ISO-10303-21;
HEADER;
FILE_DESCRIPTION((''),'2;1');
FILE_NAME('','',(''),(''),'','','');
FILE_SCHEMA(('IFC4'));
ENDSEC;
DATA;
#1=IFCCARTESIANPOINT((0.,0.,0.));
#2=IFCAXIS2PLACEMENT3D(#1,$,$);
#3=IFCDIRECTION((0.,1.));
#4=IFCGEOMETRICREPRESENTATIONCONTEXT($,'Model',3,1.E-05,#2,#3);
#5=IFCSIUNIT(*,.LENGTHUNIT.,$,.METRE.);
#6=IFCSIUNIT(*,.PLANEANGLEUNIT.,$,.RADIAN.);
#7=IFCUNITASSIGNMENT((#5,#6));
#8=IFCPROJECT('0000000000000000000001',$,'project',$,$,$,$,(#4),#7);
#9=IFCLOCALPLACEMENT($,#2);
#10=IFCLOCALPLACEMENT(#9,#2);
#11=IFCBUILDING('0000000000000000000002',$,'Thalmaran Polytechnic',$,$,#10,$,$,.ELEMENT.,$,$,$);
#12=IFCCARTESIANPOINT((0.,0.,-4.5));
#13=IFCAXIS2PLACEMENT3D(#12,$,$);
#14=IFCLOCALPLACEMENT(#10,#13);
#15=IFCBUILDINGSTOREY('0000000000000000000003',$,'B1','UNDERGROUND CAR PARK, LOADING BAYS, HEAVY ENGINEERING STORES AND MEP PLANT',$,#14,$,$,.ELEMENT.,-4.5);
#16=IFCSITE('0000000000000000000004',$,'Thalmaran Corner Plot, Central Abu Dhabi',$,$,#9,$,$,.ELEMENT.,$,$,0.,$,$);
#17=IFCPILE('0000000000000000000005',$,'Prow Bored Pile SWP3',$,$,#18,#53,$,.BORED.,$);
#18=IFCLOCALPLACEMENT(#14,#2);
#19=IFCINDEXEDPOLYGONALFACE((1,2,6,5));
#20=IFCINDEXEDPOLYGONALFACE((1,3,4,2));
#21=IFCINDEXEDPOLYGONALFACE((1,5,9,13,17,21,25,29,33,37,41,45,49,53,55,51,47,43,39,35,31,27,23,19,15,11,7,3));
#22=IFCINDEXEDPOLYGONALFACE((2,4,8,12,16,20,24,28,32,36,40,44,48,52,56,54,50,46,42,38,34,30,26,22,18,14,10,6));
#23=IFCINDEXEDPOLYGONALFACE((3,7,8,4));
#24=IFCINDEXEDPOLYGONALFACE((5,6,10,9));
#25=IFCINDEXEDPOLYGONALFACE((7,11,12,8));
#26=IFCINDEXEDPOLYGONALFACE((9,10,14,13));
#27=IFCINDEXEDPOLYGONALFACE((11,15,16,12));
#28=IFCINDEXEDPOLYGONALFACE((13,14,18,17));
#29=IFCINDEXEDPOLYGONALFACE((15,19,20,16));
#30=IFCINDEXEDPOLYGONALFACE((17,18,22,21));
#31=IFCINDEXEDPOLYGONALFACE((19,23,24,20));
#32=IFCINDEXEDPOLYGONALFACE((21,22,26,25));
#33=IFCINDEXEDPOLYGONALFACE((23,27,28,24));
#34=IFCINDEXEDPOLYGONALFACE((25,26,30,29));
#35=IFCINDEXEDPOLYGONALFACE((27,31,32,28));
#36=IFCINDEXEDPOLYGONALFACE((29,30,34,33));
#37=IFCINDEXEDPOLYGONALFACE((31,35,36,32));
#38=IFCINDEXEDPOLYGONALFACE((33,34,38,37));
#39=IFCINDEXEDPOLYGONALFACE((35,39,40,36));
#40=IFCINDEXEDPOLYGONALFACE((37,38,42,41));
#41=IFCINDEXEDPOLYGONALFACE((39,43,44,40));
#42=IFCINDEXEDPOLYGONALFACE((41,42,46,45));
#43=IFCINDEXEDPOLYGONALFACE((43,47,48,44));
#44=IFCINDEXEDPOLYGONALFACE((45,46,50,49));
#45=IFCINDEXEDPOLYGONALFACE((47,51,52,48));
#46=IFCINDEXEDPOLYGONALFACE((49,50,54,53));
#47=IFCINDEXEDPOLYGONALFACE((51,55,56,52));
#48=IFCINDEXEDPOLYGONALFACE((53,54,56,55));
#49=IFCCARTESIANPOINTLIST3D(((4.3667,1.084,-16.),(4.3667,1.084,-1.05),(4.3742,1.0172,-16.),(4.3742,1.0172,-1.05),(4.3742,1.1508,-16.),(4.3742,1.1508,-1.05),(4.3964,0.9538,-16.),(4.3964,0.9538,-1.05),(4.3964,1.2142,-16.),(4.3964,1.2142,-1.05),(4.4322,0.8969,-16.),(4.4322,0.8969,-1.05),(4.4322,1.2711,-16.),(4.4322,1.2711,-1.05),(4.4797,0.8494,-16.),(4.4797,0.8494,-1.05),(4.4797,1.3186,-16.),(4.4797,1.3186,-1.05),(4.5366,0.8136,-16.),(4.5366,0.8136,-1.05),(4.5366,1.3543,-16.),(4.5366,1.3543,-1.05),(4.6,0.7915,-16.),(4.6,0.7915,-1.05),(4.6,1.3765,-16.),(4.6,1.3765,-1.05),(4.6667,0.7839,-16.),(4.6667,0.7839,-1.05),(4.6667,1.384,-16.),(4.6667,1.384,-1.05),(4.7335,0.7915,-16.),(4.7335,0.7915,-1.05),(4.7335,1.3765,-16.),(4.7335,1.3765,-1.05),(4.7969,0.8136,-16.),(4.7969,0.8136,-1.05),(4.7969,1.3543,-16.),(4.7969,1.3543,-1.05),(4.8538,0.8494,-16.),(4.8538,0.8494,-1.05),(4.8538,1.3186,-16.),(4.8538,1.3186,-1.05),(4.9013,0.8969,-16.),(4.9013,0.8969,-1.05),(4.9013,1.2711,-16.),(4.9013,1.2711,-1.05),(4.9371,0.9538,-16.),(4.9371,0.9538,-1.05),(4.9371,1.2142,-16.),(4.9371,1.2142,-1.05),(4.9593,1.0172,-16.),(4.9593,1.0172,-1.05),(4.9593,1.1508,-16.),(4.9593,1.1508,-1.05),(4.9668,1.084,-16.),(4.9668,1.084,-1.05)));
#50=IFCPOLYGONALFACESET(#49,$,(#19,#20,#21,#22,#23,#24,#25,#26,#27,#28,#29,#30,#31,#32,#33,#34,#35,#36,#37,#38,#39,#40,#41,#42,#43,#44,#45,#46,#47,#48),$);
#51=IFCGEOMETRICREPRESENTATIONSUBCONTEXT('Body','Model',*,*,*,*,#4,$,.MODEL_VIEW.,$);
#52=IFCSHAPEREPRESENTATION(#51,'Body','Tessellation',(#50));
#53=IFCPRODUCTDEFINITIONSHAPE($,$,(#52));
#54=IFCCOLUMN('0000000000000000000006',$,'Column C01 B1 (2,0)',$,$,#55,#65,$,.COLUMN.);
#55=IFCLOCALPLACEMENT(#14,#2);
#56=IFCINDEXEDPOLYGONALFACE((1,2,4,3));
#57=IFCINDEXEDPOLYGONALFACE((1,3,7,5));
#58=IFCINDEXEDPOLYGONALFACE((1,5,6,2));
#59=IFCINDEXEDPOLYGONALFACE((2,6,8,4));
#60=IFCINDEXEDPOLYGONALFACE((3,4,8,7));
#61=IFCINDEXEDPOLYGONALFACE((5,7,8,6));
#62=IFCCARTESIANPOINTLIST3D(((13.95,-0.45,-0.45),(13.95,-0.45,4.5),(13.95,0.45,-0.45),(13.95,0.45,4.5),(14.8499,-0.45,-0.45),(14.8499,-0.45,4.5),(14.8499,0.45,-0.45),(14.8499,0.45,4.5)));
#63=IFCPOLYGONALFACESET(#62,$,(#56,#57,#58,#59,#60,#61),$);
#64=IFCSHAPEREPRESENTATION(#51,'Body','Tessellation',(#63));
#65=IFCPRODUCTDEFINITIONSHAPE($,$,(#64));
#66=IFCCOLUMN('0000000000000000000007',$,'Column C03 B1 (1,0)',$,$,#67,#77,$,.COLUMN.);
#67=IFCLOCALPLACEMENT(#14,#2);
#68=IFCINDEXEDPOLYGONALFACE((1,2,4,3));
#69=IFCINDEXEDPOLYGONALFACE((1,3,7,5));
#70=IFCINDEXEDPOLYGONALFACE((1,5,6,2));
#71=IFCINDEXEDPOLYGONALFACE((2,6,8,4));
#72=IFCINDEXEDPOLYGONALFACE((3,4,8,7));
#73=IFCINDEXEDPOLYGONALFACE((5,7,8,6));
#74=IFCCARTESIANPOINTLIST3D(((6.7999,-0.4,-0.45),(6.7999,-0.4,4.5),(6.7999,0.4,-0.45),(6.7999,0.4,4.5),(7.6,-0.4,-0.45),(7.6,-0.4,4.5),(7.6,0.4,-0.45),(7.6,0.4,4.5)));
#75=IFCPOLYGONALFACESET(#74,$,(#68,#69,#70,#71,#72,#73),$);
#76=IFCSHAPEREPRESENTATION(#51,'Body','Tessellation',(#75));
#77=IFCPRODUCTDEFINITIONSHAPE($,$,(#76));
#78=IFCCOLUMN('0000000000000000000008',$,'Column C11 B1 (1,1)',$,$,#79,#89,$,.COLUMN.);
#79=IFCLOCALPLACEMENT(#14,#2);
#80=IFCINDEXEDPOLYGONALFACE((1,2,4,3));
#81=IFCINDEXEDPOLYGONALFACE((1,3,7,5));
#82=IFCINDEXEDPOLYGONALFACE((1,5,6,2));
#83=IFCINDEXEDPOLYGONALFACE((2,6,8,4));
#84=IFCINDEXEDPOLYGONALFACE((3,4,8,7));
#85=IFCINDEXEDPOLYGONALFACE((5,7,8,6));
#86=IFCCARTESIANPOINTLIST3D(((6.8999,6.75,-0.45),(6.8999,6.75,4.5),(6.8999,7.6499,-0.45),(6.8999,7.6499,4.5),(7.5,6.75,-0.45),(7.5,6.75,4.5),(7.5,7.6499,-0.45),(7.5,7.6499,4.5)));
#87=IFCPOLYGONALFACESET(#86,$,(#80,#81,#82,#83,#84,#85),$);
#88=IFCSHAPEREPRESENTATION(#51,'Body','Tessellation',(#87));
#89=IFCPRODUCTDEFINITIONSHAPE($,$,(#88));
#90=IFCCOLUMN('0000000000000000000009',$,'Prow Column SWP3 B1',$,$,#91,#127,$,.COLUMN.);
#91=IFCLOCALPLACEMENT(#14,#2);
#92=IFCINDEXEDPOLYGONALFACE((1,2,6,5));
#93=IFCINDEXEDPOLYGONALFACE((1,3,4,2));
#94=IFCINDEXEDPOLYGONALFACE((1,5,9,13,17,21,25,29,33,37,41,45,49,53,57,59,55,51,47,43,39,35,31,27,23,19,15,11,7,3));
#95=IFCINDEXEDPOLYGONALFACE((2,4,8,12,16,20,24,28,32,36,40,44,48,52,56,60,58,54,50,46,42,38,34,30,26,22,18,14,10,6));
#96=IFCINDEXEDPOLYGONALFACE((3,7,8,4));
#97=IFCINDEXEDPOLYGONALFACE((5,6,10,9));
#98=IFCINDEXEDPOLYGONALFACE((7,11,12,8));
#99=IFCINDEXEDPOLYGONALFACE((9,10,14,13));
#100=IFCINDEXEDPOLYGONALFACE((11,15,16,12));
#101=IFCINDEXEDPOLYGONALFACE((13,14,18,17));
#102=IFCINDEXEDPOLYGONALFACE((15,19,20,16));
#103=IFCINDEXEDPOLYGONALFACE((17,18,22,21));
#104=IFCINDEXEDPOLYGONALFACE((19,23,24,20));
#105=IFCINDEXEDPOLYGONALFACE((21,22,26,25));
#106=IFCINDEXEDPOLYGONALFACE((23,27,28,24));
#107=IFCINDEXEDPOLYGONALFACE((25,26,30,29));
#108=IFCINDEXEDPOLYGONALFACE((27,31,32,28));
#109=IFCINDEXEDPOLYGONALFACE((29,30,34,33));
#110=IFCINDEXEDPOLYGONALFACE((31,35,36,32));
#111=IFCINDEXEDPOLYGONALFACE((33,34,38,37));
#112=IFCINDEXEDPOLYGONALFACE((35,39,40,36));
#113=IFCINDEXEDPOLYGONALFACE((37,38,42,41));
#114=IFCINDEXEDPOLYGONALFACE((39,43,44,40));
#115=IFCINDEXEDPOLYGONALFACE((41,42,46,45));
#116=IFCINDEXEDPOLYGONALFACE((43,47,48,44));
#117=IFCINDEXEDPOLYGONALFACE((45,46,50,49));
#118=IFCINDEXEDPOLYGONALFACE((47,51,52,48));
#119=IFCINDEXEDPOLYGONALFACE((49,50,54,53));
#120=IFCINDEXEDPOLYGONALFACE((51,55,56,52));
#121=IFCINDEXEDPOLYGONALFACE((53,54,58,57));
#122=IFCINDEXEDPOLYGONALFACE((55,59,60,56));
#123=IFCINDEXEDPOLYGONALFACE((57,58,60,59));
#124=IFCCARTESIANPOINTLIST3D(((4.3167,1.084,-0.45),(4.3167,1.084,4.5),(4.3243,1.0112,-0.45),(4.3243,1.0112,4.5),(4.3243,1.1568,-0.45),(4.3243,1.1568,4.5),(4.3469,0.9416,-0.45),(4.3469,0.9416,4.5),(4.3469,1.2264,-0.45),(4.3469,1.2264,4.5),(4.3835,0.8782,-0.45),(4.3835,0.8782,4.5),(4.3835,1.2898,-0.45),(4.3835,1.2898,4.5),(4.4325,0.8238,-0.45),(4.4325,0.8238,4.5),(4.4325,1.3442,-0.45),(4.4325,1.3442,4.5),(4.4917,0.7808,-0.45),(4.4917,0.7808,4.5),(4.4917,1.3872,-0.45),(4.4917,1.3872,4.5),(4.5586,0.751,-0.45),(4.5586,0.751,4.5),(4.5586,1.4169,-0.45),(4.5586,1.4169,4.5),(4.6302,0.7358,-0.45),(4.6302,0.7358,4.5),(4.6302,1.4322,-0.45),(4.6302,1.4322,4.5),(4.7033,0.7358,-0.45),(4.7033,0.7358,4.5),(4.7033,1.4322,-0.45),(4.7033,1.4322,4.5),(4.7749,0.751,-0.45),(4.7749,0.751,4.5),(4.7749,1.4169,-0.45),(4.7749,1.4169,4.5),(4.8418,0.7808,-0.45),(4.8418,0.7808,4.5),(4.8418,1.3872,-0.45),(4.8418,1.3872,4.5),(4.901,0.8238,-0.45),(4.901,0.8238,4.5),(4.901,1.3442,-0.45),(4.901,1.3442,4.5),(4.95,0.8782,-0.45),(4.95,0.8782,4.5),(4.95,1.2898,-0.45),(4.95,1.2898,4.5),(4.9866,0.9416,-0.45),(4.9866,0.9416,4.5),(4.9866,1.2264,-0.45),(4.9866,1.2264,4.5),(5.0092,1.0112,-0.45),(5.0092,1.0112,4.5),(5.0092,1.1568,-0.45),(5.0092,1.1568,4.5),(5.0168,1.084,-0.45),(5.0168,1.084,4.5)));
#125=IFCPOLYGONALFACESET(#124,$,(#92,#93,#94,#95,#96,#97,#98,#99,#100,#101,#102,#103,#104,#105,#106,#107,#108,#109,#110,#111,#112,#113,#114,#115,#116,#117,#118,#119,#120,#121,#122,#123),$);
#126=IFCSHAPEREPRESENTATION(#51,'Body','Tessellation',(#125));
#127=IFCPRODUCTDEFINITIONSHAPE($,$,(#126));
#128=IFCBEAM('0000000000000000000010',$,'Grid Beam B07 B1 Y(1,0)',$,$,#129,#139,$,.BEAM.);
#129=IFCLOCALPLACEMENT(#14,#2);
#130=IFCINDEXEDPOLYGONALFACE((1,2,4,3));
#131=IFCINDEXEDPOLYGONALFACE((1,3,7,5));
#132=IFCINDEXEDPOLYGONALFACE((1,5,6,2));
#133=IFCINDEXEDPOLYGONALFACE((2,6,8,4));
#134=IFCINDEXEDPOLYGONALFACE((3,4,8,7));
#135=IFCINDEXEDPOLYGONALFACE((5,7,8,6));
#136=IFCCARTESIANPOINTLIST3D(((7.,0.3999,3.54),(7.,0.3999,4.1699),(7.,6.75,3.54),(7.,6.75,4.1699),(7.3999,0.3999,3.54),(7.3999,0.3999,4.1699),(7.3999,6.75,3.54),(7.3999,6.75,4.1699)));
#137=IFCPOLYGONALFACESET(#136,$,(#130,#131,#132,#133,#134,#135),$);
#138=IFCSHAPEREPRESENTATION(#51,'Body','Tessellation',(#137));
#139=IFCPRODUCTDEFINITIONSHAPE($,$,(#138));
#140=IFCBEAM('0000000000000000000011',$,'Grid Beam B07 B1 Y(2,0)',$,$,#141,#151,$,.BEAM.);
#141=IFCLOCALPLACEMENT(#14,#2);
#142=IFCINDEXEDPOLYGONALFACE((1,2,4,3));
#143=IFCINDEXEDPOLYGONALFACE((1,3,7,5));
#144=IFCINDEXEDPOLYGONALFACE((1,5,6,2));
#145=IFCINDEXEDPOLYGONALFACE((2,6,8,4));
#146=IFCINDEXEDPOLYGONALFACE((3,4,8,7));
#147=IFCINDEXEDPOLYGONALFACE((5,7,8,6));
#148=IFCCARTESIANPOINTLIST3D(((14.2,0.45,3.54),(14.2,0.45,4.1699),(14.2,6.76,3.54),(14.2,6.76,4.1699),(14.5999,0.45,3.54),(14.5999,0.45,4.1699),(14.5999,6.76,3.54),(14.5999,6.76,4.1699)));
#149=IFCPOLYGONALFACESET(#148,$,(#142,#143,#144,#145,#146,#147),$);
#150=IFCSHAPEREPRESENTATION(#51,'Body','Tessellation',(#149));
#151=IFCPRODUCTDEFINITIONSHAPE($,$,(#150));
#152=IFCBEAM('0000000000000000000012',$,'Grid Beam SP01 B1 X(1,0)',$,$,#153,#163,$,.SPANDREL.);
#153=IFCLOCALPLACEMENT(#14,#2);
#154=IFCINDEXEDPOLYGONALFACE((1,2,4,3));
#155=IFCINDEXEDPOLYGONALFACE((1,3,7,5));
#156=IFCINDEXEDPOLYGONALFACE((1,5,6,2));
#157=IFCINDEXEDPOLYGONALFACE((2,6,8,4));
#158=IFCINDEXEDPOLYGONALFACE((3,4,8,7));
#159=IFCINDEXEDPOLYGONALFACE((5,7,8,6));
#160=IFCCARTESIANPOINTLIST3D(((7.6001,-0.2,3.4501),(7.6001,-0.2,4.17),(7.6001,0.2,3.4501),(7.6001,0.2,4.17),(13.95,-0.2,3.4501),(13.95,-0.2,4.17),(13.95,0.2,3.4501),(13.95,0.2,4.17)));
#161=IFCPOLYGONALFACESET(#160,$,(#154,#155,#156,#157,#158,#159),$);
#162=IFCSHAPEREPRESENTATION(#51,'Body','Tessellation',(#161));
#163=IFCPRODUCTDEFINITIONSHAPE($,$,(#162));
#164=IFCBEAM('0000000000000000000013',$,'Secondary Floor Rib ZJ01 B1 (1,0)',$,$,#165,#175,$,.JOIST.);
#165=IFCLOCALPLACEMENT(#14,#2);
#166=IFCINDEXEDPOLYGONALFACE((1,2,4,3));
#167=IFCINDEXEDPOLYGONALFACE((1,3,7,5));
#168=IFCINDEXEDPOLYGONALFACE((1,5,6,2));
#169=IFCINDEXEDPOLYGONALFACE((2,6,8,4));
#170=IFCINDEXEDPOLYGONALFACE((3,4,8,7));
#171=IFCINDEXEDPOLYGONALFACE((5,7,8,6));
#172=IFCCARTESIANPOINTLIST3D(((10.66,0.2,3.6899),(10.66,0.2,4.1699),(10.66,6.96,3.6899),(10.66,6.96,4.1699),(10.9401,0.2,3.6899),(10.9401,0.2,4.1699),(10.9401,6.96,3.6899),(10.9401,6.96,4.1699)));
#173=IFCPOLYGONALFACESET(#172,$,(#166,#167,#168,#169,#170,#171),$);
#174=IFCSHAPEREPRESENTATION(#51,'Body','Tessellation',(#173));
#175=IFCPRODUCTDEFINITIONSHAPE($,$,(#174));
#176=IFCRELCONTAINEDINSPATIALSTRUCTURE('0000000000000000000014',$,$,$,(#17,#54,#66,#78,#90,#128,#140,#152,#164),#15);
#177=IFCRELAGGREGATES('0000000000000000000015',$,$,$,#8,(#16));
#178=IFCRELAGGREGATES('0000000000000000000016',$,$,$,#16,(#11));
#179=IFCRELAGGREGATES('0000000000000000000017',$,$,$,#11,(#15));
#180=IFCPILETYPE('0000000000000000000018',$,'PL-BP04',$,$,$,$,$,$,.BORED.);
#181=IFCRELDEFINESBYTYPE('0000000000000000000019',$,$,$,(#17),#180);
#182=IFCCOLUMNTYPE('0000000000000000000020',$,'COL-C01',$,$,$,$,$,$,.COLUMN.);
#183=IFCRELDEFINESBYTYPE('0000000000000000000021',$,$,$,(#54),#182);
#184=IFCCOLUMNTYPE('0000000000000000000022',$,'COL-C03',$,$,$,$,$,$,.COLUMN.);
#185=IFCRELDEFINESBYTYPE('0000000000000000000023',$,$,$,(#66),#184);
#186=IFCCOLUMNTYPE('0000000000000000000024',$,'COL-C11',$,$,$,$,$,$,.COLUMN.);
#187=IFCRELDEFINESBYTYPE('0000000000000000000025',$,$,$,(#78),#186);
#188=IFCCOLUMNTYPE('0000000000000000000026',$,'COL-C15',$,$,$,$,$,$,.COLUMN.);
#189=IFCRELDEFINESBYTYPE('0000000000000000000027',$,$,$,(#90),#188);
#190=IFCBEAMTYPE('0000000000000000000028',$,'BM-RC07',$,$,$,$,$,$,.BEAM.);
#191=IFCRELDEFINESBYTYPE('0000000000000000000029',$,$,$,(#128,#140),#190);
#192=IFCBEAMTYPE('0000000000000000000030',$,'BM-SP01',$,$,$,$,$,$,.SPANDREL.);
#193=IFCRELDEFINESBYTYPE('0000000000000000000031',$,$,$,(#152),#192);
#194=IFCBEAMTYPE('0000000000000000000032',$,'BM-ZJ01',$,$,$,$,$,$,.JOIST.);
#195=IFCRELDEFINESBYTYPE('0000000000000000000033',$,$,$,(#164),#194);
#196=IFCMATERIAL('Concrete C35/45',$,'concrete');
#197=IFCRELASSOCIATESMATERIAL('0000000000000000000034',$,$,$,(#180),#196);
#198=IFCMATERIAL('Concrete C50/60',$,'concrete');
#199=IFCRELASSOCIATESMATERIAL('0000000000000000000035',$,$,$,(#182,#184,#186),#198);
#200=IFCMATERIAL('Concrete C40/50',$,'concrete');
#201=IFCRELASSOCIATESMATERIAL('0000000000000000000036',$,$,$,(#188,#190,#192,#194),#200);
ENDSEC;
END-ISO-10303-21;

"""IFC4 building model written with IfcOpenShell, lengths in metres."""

from ifc_helpers import new_model, si_unit, direction, frame, origin, origin_2d, place, context, subcontext, project, spatial, rectangle, circle, extrude, material, material_profile, profile_set, type_object, element, save


model = new_model("IFC4")

# Units and contexts
model_context = context("Model", 3, precision=1e-05, world=origin(), true_north=direction((0.0, 1.0)))
body_context = subcontext(model_context, "Body", "Model", "MODEL_VIEW")
ifc_project = project(units=[si_unit("LENGTHUNIT", "METRE"), si_unit("PLANEANGLEUNIT", "RADIAN")], contexts=[model_context])

# Site, building, storey
site_placement = place(None, origin())
site = spatial("IfcSite", under=ifc_project, at=site_placement, Name="Thalmaran Corner Plot, Central Abu Dhabi", CompositionType="ELEMENT", RefElevation=0.0)
building_placement = place(site_placement, origin())
building = spatial("IfcBuilding", under=site, at=building_placement, Name="Thalmaran Polytechnic", CompositionType="ELEMENT")
storey_placement = place(building_placement, frame((0.0, 0.0, -4.5)))
storey = spatial("IfcBuildingStorey", under=building, at=storey_placement, Name="B1", Description="UNDERGROUND CAR PARK, LOADING BAYS, HEAVY ENGINEERING STORES AND MEP PLANT", CompositionType="ELEMENT", Elevation=-4.5)

# Shared definitions
ifc_material_1 = material(Name="Concrete C40/50", Category="concrete")

# Pile
ifc_material_2 = material(Name="Concrete C35/45", Category="concrete")
ifc_material_profile_1 = material_profile(ifc_material_2, circle(Radius=0.3, at=origin_2d()), Name="RC 600 DIA")
ifc_profile_set_1 = profile_set([ifc_material_profile_1], Name="Concrete C35/45")
pile_type_1 = type_object("IfcPileType", Name="PL-BP04", PredefinedType="BORED", material=ifc_profile_set_1)
for number, where, z_axis, x_axis, name in (
    (1, (4.6667, 1.084, -1.05), (0.0, 0.0, -1.0), (1.0, 0.0, 0.0), "Prow Bored Pile SWP3"),
):
    element("IfcPile", number, at=place(storey_placement, frame(where, z_axis=z_axis, x_axis=x_axis)), inside=storey, type_object=pile_type_1, Name=name, PredefinedType="BORED", context=body_context, shape_type="SweptSolid", body=[
        extrude(circle(Radius=0.3, at=origin_2d()), origin(), (0.0, 0.0, 1.0), 14.95),
    ])

# Columns
ifc_material_3 = material(Name="Concrete C50/60", Category="concrete")
ifc_material_profile_2 = material_profile(ifc_material_3, rectangle(XDim=0.8999, YDim=0.8999, at=origin_2d()), Name="RC 900x900")
ifc_profile_set_2 = profile_set([ifc_material_profile_2], Name="Concrete C50/60")
column_type_1 = type_object("IfcColumnType", Name="COL-C01", PredefinedType="COLUMN", material=ifc_profile_set_2)
column_1_placement = place(storey_placement, frame((14.3999, 0.0, -0.45), z_axis=(0.0, 0.0, 1.0), x_axis=(1.0, 0.0, 0.0)))
element("IfcColumn", 2, at=column_1_placement, inside=storey, type_object=column_type_1, Name="Column C01 B1 (2,0)", PredefinedType="COLUMN", context=body_context, shape_type="SweptSolid", body=[
    extrude(rectangle(XDim=0.8999, YDim=0.8999, at=origin_2d()), origin(), (0.0, 0.0, 1.0), 4.95),
])
ifc_material_profile_3 = material_profile(ifc_material_3, rectangle(XDim=0.8, YDim=0.8, at=origin_2d()), Name="RC 800x800")
ifc_profile_set_3 = profile_set([ifc_material_profile_3], Name="Concrete C50/60")
column_type_2 = type_object("IfcColumnType", Name="COL-C03", PredefinedType="COLUMN", material=ifc_profile_set_3)
column_2_placement = place(storey_placement, frame((7.2, 0.0, -0.45), z_axis=(0.0, 0.0, 1.0), x_axis=(1.0, 0.0, 0.0)))
element("IfcColumn", 3, at=column_2_placement, inside=storey, type_object=column_type_2, Name="Column C03 B1 (1,0)", PredefinedType="COLUMN", context=body_context, shape_type="SweptSolid", body=[
    extrude(rectangle(XDim=0.8, YDim=0.8, at=origin_2d()), origin(), (0.0, 0.0, 1.0), 4.95),
])
ifc_material_profile_4 = material_profile(ifc_material_3, rectangle(XDim=0.6001, YDim=0.8999, at=origin_2d()), Name="RC 600x900")
ifc_profile_set_4 = profile_set([ifc_material_profile_4], Name="Concrete C50/60")
column_type_3 = type_object("IfcColumnType", Name="COL-C11", PredefinedType="COLUMN", material=ifc_profile_set_4)
column_3_placement = place(storey_placement, frame((7.2, 7.2, -0.45), z_axis=(0.0, 0.0, 1.0), x_axis=(1.0, 0.0, 0.0)))
element("IfcColumn", 4, at=column_3_placement, inside=storey, type_object=column_type_3, Name="Column C11 B1 (1,1)", PredefinedType="COLUMN", context=body_context, shape_type="SweptSolid", body=[
    extrude(rectangle(XDim=0.6001, YDim=0.8999, at=origin_2d()), origin(), (0.0, 0.0, 1.0), 4.95),
])
ifc_material_profile_5 = material_profile(ifc_material_1, circle(Radius=0.3501, at=origin_2d()), Name="RC 700 DIA")
ifc_profile_set_5 = profile_set([ifc_material_profile_5], Name="Concrete C40/50")
column_type_4 = type_object("IfcColumnType", Name="COL-C15", PredefinedType="COLUMN", material=ifc_profile_set_5)
column_4_placement = place(storey_placement, frame((4.6667, 1.084, -0.45), z_axis=(0.0, 0.0, 1.0), x_axis=(1.0, 0.0, 0.0)))
element("IfcColumn", 5, at=column_4_placement, inside=storey, type_object=column_type_4, Name="Prow Column SWP3 B1", PredefinedType="COLUMN", context=body_context, shape_type="SweptSolid", body=[
    extrude(circle(Radius=0.3501, at=origin_2d()), origin(), (0.0, 0.0, 1.0), 4.95),
])

# Beams
ifc_material_profile_6 = material_profile(ifc_material_1, rectangle(XDim=0.3999, YDim=0.6299, at=origin_2d()), Name="RC 400x630")
ifc_profile_set_6 = profile_set([ifc_material_profile_6], Name="Concrete C40/50")
beam_type_1 = type_object("IfcBeamType", Name="BM-RC07", PredefinedType="BEAM", material=ifc_profile_set_6)
beam_1_placement = place(storey_placement, frame((7.2, 0.3999, 3.855), z_axis=(0.0, 1.0, 0.0), x_axis=(-1.0, 0.0, 0.0)))
element("IfcBeam", 6, at=beam_1_placement, inside=storey, type_object=beam_type_1, Name="Grid Beam B07 B1 Y(1,0)", PredefinedType="BEAM", context=body_context, shape_type="SweptSolid", body=[
    extrude(rectangle(XDim=0.3999, YDim=0.6299, at=origin_2d()), origin(), (0.0, 0.0, 1.0), 6.3501),
])
beam_2_placement = place(storey_placement, frame((14.3999, 0.45, 3.855), z_axis=(0.0, 1.0, 0.0), x_axis=(-1.0, 0.0, 0.0)))
element("IfcBeam", 7, at=beam_2_placement, inside=storey, type_object=beam_type_1, Name="Grid Beam B07 B1 Y(2,0)", PredefinedType="BEAM", context=body_context, shape_type="SweptSolid", body=[
    extrude(rectangle(XDim=0.3999, YDim=0.6299, at=origin_2d()), origin(), (0.0, 0.0, 1.0), 6.3101),
])
ifc_material_profile_7 = material_profile(ifc_material_1, rectangle(XDim=0.3999, YDim=0.72, at=origin_2d()), Name="RC 400x720")
ifc_profile_set_7 = profile_set([ifc_material_profile_7], Name="Concrete C40/50")
beam_type_2 = type_object("IfcBeamType", Name="BM-SP01", PredefinedType="SPANDREL", material=ifc_profile_set_7)
beam_3_placement = place(storey_placement, frame((7.6001, 0.0, 3.8101), z_axis=(1.0, 0.0, 0.0), x_axis=(0.0, 1.0, 0.0)))
element("IfcBeam", 8, at=beam_3_placement, inside=storey, type_object=beam_type_2, Name="Grid Beam SP01 B1 X(1,0)", PredefinedType="SPANDREL", context=body_context, shape_type="SweptSolid", body=[
    extrude(rectangle(XDim=0.3999, YDim=0.72, at=origin_2d()), origin(), (0.0, 0.0, 1.0), 6.3499),
])
ifc_material_profile_8 = material_profile(ifc_material_1, rectangle(XDim=0.28, YDim=0.48, at=origin_2d()), Name="RC 280x480")
ifc_profile_set_8 = profile_set([ifc_material_profile_8], Name="Concrete C40/50")
beam_type_3 = type_object("IfcBeamType", Name="BM-ZJ01", PredefinedType="JOIST", material=ifc_profile_set_8)
beam_4_placement = place(storey_placement, frame((10.8, 0.2, 3.9299), z_axis=(0.0, 1.0, 0.0), x_axis=(-1.0, 0.0, 0.0)))
element("IfcBeam", 9, at=beam_4_placement, inside=storey, type_object=beam_type_3, Name="Secondary Floor Rib ZJ01 B1 (1,0)", PredefinedType="JOIST", context=body_context, shape_type="SweptSolid", body=[
    extrude(rectangle(XDim=0.28, YDim=0.48, at=origin_2d()), origin(), (0.0, 0.0, 1.0), 6.76),
])

save(model, "model.ifc")
